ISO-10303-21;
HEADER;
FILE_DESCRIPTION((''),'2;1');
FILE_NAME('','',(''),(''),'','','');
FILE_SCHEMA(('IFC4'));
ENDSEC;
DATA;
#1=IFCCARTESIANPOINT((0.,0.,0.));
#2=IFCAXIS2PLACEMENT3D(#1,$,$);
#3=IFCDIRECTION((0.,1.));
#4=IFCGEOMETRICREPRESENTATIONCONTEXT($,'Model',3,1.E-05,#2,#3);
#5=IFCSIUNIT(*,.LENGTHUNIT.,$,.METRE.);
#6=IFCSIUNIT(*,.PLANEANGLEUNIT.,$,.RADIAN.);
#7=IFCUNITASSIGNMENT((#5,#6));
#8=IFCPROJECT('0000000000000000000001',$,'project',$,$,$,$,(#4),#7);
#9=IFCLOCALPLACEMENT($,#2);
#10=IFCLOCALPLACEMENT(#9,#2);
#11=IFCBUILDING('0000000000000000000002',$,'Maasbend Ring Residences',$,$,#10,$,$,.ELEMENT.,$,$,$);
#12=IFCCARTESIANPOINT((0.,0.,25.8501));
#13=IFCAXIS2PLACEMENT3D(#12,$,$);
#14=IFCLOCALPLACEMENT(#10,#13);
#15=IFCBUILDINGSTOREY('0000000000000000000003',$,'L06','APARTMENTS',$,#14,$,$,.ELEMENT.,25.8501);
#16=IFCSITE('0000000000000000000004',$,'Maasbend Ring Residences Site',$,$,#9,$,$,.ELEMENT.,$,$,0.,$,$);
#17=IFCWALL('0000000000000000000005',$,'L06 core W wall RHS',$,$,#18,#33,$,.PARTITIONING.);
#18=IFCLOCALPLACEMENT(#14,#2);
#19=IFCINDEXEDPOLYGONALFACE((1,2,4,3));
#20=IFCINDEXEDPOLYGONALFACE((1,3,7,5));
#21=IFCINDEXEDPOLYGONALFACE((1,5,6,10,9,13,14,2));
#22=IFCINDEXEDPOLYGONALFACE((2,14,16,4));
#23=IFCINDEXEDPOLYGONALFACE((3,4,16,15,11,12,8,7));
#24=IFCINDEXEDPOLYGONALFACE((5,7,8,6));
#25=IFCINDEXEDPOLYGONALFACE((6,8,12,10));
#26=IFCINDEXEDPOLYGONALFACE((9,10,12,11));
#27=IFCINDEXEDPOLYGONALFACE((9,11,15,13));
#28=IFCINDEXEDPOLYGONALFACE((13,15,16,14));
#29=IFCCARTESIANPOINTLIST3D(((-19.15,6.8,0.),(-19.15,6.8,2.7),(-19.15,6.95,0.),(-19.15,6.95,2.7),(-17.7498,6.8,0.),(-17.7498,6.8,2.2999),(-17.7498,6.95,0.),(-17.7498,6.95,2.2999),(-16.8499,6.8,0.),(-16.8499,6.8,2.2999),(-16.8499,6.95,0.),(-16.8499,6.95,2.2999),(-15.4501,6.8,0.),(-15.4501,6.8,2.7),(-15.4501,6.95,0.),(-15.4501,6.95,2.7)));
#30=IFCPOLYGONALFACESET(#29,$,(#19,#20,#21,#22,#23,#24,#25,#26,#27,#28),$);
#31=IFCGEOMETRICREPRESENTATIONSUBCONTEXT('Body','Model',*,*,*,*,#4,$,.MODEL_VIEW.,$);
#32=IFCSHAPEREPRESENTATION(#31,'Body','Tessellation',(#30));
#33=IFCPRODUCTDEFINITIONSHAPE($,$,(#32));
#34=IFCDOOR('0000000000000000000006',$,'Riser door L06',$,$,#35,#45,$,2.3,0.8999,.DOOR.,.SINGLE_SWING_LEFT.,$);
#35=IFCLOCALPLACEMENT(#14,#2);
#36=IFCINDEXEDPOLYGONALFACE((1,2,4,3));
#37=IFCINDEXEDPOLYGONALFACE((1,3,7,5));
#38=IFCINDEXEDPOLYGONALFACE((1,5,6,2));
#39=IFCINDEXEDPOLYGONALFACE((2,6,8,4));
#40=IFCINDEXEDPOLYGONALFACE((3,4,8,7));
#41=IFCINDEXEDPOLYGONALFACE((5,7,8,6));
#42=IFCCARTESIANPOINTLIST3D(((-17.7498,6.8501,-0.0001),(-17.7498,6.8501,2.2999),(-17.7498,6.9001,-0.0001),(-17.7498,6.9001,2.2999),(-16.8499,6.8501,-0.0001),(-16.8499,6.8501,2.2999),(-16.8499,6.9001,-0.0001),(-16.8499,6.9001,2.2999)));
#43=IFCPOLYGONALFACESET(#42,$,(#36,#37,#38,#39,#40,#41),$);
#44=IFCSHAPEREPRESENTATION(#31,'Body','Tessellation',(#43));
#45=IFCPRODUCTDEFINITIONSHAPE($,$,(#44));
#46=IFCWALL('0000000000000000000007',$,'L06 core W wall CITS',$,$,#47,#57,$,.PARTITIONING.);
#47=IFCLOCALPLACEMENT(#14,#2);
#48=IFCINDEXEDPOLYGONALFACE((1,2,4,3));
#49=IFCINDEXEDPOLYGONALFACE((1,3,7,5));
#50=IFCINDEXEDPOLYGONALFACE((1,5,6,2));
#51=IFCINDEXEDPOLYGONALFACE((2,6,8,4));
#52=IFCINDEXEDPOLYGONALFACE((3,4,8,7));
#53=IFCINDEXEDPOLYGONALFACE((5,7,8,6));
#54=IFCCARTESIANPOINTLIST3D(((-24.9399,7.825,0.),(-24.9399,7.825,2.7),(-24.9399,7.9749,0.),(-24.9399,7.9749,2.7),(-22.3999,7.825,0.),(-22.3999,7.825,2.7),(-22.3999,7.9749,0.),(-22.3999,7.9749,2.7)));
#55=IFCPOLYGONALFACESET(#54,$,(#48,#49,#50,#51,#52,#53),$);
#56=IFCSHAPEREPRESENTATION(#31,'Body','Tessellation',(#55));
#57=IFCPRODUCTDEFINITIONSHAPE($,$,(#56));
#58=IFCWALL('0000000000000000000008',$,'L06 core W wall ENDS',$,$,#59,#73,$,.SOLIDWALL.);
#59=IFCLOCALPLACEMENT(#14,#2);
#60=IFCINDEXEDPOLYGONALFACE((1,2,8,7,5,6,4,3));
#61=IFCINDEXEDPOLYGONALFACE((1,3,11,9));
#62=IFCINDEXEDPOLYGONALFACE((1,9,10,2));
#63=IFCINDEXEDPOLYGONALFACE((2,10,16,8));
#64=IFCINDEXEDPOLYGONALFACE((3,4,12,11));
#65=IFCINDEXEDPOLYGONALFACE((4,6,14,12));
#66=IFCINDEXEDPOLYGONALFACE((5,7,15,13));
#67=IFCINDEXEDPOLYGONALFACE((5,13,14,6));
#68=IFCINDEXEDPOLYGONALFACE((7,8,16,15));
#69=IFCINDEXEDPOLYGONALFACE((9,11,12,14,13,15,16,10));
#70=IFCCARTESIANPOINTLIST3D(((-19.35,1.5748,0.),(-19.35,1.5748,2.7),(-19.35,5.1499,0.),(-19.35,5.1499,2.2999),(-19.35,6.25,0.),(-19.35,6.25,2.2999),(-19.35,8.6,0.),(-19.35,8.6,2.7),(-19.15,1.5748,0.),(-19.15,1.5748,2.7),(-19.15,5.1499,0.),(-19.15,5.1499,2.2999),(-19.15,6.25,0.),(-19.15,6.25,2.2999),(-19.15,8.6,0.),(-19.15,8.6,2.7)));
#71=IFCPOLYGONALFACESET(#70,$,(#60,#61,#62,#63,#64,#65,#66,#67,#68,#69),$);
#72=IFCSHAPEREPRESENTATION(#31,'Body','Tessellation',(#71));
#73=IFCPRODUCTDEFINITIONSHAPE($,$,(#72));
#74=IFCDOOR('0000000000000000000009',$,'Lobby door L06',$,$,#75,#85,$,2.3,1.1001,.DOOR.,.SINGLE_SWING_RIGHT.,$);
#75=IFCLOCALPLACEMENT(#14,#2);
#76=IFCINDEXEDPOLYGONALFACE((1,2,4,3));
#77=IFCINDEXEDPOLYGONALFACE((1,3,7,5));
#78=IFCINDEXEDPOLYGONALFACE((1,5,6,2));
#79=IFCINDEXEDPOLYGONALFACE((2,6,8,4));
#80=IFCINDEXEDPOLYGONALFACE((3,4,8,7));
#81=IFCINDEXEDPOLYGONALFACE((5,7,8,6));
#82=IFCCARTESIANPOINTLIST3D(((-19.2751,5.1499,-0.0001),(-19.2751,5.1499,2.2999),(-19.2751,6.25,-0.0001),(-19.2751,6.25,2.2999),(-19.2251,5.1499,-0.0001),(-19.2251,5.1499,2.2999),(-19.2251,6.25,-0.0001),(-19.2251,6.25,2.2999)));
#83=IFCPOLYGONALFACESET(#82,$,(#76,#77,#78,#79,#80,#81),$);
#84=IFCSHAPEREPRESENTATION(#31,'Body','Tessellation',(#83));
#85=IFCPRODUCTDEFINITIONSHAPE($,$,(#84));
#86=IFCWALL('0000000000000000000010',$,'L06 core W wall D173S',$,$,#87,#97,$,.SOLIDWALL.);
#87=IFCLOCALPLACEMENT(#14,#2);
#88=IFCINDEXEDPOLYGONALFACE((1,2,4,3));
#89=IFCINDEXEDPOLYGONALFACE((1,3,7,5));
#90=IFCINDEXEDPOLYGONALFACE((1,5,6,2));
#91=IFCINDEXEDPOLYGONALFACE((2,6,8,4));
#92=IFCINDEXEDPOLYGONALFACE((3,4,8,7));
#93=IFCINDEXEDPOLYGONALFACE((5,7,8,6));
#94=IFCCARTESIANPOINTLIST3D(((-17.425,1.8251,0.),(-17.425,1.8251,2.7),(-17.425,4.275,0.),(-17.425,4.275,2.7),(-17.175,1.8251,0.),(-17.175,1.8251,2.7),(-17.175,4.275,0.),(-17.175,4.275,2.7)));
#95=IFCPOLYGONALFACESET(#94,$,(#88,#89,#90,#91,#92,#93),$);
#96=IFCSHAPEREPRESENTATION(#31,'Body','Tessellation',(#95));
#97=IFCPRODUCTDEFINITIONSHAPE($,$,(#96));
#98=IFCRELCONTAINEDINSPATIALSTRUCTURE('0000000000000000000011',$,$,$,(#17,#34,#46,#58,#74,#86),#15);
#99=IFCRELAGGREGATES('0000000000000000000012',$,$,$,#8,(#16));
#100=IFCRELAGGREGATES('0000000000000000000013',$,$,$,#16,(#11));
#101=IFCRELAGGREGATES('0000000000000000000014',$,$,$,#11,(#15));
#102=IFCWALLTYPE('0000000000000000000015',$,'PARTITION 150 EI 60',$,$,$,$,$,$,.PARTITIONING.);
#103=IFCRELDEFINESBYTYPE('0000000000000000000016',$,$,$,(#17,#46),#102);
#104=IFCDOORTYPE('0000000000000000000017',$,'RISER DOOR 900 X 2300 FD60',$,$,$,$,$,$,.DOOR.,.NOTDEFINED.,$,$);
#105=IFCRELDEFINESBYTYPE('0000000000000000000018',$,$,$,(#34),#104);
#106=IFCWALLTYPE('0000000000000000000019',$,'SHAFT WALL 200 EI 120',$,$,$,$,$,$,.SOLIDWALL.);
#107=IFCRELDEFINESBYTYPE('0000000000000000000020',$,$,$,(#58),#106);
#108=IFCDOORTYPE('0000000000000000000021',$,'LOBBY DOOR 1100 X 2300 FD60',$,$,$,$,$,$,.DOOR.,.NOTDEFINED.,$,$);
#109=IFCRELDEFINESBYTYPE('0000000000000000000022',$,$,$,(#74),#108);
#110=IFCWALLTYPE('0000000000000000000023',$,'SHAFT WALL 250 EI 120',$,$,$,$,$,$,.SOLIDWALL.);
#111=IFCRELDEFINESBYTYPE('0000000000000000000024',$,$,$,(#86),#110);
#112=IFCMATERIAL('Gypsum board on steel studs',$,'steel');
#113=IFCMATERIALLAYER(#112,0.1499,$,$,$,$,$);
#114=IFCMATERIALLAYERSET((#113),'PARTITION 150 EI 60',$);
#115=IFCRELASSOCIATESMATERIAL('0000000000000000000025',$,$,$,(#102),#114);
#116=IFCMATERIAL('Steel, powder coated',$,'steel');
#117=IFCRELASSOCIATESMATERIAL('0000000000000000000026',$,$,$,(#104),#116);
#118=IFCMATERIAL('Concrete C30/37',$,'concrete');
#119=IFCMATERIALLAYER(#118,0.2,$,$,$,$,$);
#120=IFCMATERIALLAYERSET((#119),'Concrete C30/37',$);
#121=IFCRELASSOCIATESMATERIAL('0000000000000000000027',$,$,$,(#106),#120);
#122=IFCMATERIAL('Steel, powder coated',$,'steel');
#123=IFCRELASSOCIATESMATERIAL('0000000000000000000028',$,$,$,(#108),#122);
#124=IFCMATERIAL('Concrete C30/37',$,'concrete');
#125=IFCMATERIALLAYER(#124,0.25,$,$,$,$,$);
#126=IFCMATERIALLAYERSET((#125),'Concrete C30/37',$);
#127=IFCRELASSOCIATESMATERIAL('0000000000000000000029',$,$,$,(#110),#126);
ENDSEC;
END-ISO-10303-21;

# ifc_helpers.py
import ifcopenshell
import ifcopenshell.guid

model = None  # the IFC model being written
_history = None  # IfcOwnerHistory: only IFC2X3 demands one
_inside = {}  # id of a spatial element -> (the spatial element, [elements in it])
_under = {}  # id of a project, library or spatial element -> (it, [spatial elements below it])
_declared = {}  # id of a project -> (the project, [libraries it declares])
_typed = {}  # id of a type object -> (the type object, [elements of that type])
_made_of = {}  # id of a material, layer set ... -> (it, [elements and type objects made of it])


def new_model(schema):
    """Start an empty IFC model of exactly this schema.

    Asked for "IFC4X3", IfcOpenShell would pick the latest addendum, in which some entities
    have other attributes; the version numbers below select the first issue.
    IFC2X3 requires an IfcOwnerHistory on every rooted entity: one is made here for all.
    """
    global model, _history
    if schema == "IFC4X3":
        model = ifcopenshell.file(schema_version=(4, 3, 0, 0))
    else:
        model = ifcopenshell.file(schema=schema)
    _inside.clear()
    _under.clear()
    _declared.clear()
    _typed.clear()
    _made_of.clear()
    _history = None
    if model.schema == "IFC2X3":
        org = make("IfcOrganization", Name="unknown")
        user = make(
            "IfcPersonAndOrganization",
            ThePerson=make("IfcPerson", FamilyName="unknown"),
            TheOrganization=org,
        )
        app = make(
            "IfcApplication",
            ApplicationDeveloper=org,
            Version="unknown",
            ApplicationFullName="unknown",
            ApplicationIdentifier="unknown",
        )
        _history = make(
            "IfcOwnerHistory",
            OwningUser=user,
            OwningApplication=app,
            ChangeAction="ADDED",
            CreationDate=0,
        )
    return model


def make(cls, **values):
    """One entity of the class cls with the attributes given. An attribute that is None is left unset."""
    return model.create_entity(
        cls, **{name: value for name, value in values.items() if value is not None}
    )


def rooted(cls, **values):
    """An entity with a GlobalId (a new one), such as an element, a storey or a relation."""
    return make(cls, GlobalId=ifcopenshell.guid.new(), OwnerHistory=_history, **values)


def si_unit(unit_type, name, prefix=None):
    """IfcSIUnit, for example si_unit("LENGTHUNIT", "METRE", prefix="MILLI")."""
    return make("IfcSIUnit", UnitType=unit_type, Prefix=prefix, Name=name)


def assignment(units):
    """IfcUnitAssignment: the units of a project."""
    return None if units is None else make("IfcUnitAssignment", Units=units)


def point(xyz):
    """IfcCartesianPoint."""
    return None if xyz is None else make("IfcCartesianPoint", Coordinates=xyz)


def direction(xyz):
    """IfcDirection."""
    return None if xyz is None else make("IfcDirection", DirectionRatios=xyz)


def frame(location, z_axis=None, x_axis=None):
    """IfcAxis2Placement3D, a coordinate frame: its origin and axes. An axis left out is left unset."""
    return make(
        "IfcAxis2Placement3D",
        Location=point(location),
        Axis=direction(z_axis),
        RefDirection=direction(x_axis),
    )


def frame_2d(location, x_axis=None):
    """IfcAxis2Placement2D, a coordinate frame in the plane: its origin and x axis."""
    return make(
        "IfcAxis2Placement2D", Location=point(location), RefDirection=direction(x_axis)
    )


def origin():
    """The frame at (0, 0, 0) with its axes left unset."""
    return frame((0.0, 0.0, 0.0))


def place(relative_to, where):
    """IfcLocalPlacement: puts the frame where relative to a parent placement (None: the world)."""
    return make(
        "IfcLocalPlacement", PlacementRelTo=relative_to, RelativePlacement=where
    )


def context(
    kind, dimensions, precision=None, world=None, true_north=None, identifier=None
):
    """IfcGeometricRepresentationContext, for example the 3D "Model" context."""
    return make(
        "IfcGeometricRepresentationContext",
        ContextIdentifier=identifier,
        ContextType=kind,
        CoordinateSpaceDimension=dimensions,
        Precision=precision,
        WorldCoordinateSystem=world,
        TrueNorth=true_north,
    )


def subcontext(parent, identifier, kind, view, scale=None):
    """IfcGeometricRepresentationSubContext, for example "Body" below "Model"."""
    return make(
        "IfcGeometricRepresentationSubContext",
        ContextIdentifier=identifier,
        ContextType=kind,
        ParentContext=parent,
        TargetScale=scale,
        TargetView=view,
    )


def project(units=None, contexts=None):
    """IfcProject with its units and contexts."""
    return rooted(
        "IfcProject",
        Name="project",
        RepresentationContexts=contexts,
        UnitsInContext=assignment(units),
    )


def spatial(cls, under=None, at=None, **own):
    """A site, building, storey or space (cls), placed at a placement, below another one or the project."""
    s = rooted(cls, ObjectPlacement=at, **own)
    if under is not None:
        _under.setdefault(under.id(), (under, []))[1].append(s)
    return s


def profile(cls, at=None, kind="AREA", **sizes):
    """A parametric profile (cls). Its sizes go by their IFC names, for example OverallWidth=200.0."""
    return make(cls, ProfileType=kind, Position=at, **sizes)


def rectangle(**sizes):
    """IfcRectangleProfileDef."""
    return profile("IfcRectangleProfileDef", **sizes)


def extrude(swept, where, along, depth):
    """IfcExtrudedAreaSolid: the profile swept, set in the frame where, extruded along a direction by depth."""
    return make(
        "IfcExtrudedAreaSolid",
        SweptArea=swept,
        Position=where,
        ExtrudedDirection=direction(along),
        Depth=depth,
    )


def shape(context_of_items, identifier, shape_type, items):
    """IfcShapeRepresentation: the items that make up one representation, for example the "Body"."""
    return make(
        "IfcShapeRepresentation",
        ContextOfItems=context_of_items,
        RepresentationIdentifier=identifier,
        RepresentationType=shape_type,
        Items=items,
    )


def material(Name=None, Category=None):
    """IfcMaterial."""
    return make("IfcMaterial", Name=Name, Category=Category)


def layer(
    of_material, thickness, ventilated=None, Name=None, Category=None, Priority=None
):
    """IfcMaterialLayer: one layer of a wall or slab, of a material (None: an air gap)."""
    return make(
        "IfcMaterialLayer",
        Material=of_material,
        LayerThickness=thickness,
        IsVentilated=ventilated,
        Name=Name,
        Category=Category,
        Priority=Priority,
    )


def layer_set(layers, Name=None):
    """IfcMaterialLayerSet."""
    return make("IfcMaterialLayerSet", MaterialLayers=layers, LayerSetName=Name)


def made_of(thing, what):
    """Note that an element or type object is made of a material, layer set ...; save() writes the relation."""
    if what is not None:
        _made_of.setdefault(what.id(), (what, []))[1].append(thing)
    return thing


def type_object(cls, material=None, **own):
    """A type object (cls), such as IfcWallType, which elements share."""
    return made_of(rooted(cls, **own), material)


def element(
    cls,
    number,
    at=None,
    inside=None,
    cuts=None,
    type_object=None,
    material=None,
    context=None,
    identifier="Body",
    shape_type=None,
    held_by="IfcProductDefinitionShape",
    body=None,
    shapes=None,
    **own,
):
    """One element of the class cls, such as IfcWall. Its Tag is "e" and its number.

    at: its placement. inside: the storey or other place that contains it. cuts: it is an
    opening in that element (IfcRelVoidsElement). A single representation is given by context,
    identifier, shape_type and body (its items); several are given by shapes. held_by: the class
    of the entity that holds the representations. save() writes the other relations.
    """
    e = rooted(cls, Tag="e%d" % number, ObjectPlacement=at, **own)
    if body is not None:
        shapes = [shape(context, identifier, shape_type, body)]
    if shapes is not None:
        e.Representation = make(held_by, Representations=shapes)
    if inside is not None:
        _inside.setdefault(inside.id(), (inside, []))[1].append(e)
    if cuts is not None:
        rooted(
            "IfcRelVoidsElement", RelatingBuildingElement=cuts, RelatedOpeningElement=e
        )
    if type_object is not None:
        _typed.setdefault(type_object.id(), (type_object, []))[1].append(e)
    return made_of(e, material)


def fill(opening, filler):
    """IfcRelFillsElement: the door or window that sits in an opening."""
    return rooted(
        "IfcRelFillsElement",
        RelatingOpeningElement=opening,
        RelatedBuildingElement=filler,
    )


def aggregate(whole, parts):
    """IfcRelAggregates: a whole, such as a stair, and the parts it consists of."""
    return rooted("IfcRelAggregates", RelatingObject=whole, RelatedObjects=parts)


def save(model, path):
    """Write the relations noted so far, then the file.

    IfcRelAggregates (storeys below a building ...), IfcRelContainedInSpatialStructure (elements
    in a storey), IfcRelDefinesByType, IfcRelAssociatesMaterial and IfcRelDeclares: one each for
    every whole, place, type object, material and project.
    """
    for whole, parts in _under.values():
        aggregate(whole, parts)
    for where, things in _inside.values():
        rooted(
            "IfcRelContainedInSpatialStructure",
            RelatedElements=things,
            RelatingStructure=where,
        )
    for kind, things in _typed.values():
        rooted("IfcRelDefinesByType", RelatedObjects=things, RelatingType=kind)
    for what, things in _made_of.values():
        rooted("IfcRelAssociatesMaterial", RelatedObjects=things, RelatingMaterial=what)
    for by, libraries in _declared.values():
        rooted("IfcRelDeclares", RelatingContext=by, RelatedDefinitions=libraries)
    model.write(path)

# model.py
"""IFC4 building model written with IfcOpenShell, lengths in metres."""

from ifc_helpers import new_model, si_unit, direction, frame, frame_2d, origin, place, context, subcontext, project, spatial, rectangle, extrude, material, layer, layer_set, type_object, element, fill, save


model = new_model("IFC4")

# Units and contexts
model_context = context("Model", 3, precision=1e-05, world=origin(), true_north=direction((0.0, 1.0)))
body_context = subcontext(model_context, "Body", "Model", "MODEL_VIEW")
ifc_project = project(units=[si_unit("LENGTHUNIT", "METRE"), si_unit("PLANEANGLEUNIT", "RADIAN")], contexts=[model_context])

# Site, building, storey
site_placement = place(None, origin())
site = spatial("IfcSite", under=ifc_project, at=site_placement, Name="Maasbend Ring Residences Site", CompositionType="ELEMENT", RefElevation=0.0)
building_placement = place(site_placement, origin())
building = spatial("IfcBuilding", under=site, at=building_placement, Name="Maasbend Ring Residences", CompositionType="ELEMENT")
storey_placement = place(building_placement, frame((0.0, 0.0, 25.8501)))
storey = spatial("IfcBuildingStorey", under=building, at=storey_placement, Name="L06", Description="APARTMENTS", CompositionType="ELEMENT", Elevation=25.8501)

# Wall, opening, door
ifc_material_1 = material(Name="Gypsum board on steel studs", Category="steel")
ifc_layer_1 = layer(ifc_material_1, 0.1499)
ifc_layer_set_1 = layer_set([ifc_layer_1], Name="PARTITION 150 EI 60")
wall_type_1 = type_object("IfcWallType", Name="PARTITION 150 EI 60", PredefinedType="PARTITIONING", material=ifc_layer_set_1)
wall_1_placement = place(storey_placement, frame((-15.45, 6.875, 0.0), z_axis=(0.0, 0.0, 1.0), x_axis=(-1.0, 0.0, 0.0)))
wall_1 = element("IfcWall", 1, at=wall_1_placement, inside=storey, type_object=wall_type_1, Name="L06 core W wall RHS", PredefinedType="PARTITIONING", context=body_context, shape_type="SweptSolid", body=[
    extrude(rectangle(XDim=3.7, YDim=0.1499, at=frame_2d((1.8501, 0.0))), origin(), (0.0, 0.0, 1.0), 2.7),
])
opening_1_placement = place(wall_1_placement, frame((1.3999, 0.0, 0.0)))
opening_1 = element("IfcOpeningElement", 2, at=opening_1_placement, cuts=wall_1, PredefinedType="OPENING", context=body_context, shape_type="SweptSolid", body=[
    extrude(rectangle(XDim=0.8999, YDim=2.3, at=frame_2d((0.45, 1.1499))), frame((0.0, 0.085, 0.0), z_axis=(0.0, -1.0, 0.0), x_axis=(1.0, 0.0, 0.0)), (0.0, 0.0, 1.0), 0.1699),
])
ifc_material_2 = material(Name="Steel, powder coated", Category="steel")
door_type_1 = type_object("IfcDoorType", Name="RISER DOOR 900 X 2300 FD60", OperationType="NOTDEFINED", PredefinedType="DOOR", material=ifc_material_2)
door_1_placement = place(opening_1_placement, origin())
door_1 = element("IfcDoor", 3, at=door_1_placement, inside=storey, type_object=door_type_1, Name="Riser door L06", OperationType="SINGLE_SWING_LEFT", OverallHeight=2.3, OverallWidth=0.8999, PredefinedType="DOOR", context=body_context, shape_type="SweptSolid", body=[
    extrude(rectangle(XDim=0.8999, YDim=2.3, at=frame_2d((0.45, 1.1499))), frame((0.0, 0.0249, 0.0), z_axis=(0.0, -1.0, 0.0), x_axis=(1.0, 0.0, 0.0)), (0.0, 0.0, 1.0), 0.05),
])
fill(opening_1, door_1)

# Wall
wall_2_placement = place(storey_placement, frame((-22.3999, 7.8999, 0.0), z_axis=(0.0, 0.0, 1.0), x_axis=(-1.0, 0.0, 0.0)))
element("IfcWall", 4, at=wall_2_placement, inside=storey, type_object=wall_type_1, Name="L06 core W wall CITS", PredefinedType="PARTITIONING", context=body_context, shape_type="SweptSolid", body=[
    extrude(rectangle(XDim=2.54, YDim=0.1499, at=frame_2d((1.27, 0.0))), origin(), (0.0, 0.0, 1.0), 2.7),
])

# Wall, opening, door
ifc_material_3 = material(Name="Concrete C30/37", Category="concrete")
ifc_layer_2 = layer(ifc_material_3, 0.2)
ifc_layer_set_2 = layer_set([ifc_layer_2], Name="Concrete C30/37")
wall_type_2 = type_object("IfcWallType", Name="SHAFT WALL 200 EI 120", PredefinedType="SOLIDWALL", material=ifc_layer_set_2)
wall_3_placement = place(storey_placement, frame((-19.25, 8.6001, 0.0), z_axis=(0.0, 0.0, 1.0), x_axis=(0.0, -1.0, 0.0)))
wall_3 = element("IfcWall", 5, at=wall_3_placement, inside=storey, type_object=wall_type_2, Name="L06 core W wall ENDS", PredefinedType="SOLIDWALL", context=body_context, shape_type="SweptSolid", body=[
    extrude(rectangle(XDim=7.0251, YDim=0.2, at=frame_2d((3.5127, 0.0))), origin(), (0.0, 0.0, 1.0), 2.7),
])
opening_2_placement = place(wall_3_placement, frame((2.3501, 0.0, 0.0)))
opening_2 = element("IfcOpeningElement", 6, at=opening_2_placement, cuts=wall_3, PredefinedType="OPENING", context=body_context, shape_type="SweptSolid", body=[
    extrude(rectangle(XDim=1.1001, YDim=2.3, at=frame_2d((0.55, 1.1499))), frame((0.0, 0.1099, 0.0), z_axis=(0.0, -1.0, 0.0), x_axis=(1.0, 0.0, 0.0)), (0.0, 0.0, 1.0), 0.22),
])
ifc_material_4 = material(Name="Steel, powder coated", Category="steel")
door_type_2 = type_object("IfcDoorType", Name="LOBBY DOOR 1100 X 2300 FD60", OperationType="NOTDEFINED", PredefinedType="DOOR", material=ifc_material_4)
door_2_placement = place(opening_2_placement, origin())
door_2 = element("IfcDoor", 7, at=door_2_placement, inside=storey, type_object=door_type_2, Name="Lobby door L06", OperationType="SINGLE_SWING_RIGHT", OverallHeight=2.3, OverallWidth=1.1001, PredefinedType="DOOR", context=body_context, shape_type="SweptSolid", body=[
    extrude(rectangle(XDim=1.1001, YDim=2.3, at=frame_2d((0.55, 1.1499))), frame((0.0, 0.0249, 0.0), z_axis=(0.0, -1.0, 0.0), x_axis=(1.0, 0.0, 0.0)), (0.0, 0.0, 1.0), 0.05),
])
fill(opening_2, door_2)

# Wall
ifc_material_5 = material(Name="Concrete C30/37", Category="concrete")
ifc_layer_3 = layer(ifc_material_5, 0.25)
ifc_layer_set_3 = layer_set([ifc_layer_3], Name="Concrete C30/37")
wall_type_3 = type_object("IfcWallType", Name="SHAFT WALL 250 EI 120", PredefinedType="SOLIDWALL", material=ifc_layer_set_3)
wall_4_placement = place(storey_placement, frame((-17.3, 1.825, 0.0), z_axis=(0.0, 0.0, 1.0), x_axis=(0.0, 1.0, 0.0)))
element("IfcWall", 8, at=wall_4_placement, inside=storey, type_object=wall_type_3, Name="L06 core W wall D173S", PredefinedType="SOLIDWALL", context=body_context, shape_type="SweptSolid", body=[
    extrude(rectangle(XDim=2.45, YDim=0.25, at=frame_2d((1.2251, 0.0))), origin(), (0.0, 0.0, 1.0), 2.7),
])

save(model, "model.ifc")
